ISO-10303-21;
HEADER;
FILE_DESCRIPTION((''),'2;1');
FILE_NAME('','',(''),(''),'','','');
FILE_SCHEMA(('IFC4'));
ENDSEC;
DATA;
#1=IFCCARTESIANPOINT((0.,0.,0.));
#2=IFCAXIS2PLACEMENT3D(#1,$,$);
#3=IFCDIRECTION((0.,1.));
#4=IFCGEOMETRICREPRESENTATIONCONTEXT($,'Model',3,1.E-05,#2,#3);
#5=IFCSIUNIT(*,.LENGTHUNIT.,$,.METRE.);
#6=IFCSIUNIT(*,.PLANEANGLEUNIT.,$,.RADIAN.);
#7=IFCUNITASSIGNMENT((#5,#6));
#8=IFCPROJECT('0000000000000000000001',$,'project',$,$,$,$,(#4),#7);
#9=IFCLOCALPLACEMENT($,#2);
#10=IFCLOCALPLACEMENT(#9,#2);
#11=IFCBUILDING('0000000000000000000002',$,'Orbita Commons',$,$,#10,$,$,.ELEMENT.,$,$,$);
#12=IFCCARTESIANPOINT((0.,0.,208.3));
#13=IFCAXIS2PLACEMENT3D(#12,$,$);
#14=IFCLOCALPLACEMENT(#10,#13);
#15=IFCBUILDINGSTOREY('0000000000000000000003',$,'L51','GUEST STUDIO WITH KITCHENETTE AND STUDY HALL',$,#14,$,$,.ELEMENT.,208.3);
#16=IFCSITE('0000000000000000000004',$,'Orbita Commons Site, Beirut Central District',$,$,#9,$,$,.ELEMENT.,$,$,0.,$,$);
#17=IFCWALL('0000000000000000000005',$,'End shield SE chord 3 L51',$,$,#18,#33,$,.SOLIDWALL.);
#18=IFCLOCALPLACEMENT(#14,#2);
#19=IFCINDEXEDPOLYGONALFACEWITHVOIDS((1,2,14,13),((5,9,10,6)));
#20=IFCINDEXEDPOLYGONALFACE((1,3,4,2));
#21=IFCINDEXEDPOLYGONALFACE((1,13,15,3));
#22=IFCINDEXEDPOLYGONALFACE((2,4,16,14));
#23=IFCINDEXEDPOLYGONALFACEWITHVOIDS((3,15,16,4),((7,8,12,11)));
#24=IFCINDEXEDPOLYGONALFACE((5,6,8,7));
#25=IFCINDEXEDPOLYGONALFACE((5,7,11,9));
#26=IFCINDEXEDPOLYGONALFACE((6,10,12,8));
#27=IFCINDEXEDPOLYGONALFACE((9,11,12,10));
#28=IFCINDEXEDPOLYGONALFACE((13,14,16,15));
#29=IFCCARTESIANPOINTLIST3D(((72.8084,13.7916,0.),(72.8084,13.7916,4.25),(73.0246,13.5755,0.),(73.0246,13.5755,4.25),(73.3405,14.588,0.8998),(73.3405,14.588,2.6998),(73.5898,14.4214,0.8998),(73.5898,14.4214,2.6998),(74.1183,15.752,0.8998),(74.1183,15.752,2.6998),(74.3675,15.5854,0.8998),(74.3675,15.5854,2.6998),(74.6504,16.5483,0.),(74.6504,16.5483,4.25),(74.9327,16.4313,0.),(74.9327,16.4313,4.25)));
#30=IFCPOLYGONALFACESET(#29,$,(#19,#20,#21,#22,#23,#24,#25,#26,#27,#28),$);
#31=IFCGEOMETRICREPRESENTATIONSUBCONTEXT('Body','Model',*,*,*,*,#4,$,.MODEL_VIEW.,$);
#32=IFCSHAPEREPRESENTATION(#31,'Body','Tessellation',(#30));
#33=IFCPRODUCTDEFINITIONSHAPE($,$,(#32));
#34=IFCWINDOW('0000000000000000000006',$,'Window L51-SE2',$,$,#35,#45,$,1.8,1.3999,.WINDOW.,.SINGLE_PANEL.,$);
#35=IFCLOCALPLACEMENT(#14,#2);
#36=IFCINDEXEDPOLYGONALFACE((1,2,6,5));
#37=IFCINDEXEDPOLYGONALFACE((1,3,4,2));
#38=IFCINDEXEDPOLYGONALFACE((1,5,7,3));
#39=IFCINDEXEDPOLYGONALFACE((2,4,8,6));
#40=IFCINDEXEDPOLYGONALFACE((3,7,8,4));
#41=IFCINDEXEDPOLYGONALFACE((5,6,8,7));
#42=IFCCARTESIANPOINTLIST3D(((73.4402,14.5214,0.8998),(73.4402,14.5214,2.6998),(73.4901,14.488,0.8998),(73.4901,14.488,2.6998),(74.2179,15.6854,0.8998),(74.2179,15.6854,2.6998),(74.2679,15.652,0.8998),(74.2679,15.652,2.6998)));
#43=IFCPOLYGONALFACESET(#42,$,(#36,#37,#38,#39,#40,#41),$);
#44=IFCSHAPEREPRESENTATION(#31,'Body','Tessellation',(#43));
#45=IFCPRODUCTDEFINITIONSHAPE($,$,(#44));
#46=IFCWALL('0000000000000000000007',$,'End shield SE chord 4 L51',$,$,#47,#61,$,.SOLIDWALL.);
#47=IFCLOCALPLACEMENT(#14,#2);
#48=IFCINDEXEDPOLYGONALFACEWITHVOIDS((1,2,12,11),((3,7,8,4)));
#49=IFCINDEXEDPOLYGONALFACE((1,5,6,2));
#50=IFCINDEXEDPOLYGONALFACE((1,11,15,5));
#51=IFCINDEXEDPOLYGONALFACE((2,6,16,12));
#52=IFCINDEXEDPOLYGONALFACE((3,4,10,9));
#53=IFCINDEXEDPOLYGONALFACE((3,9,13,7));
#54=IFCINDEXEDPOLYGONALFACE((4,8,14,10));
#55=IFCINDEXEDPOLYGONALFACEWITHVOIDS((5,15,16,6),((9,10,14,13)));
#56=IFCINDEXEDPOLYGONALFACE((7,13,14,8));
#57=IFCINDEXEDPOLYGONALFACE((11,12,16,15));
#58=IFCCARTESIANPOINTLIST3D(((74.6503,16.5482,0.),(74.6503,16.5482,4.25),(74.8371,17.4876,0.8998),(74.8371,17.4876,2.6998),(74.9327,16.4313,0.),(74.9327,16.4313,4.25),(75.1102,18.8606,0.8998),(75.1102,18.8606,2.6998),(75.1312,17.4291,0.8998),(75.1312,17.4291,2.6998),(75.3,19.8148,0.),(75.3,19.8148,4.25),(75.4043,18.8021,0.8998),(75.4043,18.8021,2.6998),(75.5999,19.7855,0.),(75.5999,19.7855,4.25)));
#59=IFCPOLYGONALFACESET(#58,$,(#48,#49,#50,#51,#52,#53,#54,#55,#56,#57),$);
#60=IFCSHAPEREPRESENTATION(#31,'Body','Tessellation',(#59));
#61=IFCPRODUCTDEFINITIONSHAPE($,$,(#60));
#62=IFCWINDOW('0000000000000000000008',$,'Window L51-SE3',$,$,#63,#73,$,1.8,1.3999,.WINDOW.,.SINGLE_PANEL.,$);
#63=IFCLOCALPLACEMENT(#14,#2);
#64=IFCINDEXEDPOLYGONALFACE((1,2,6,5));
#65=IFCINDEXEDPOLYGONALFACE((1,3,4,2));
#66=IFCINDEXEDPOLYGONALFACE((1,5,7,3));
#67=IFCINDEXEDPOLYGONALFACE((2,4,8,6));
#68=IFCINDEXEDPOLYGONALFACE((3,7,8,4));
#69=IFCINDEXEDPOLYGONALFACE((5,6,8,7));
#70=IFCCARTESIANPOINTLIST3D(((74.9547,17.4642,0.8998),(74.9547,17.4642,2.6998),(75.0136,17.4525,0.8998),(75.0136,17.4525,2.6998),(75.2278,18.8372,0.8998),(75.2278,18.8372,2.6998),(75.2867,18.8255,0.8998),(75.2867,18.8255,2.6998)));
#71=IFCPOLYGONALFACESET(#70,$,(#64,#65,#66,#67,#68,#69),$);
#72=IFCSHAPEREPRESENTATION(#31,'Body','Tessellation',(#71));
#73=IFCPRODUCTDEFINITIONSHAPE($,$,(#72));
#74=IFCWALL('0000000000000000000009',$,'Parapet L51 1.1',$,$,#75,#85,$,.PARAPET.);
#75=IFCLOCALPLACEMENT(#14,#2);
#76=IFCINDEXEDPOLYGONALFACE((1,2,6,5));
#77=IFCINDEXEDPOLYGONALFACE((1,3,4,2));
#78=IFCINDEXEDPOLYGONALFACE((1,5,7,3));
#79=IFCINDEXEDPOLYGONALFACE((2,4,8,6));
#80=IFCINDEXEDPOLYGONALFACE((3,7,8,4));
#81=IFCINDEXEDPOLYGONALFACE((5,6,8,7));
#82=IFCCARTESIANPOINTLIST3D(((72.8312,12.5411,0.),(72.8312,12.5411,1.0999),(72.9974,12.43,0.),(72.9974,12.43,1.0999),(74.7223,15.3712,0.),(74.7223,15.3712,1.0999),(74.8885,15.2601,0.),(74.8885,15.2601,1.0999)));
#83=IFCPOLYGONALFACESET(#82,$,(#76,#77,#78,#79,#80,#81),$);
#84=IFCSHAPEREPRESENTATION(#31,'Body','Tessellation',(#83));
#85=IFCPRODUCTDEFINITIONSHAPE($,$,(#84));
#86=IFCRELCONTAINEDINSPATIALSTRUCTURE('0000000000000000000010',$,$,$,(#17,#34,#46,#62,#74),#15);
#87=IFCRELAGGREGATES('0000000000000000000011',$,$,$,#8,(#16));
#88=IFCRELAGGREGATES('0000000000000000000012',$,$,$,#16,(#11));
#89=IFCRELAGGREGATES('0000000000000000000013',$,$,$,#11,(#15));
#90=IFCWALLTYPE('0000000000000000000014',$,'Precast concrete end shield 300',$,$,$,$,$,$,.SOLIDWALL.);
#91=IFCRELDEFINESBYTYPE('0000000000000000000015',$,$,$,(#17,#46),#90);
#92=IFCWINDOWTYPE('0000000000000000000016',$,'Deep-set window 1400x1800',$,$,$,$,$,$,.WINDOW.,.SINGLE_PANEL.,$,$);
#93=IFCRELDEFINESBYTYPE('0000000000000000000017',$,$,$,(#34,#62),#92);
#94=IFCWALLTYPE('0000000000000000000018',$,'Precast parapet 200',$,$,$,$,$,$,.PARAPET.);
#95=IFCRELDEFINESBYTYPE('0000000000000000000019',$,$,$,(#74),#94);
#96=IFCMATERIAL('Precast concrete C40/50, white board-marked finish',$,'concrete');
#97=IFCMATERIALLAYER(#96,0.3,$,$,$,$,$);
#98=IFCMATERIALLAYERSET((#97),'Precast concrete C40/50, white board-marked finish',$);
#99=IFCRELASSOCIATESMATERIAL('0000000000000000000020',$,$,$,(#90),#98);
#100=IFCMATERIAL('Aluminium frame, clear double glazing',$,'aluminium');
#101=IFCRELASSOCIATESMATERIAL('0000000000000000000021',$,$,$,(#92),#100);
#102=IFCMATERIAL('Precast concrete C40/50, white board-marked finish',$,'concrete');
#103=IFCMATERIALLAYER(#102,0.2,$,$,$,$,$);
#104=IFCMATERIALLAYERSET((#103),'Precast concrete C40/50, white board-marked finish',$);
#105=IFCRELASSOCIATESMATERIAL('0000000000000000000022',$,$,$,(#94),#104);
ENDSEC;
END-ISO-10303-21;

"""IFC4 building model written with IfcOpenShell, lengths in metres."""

from ifc_helpers import new_model, si_unit, direction, frame, frame_2d, origin, place, context, subcontext, project, spatial, polyline, rectangle, outline, extrude, material, layer, layer_set, type_object, element, fill, save


model = new_model("IFC4")

# Units and contexts
model_context = context("Model", 3, precision=1e-05, world=origin(), true_north=direction((0.0, 1.0)))
body_context = subcontext(model_context, "Body", "Model", "MODEL_VIEW")
ifc_project = project(units=[si_unit("LENGTHUNIT", "METRE"), si_unit("PLANEANGLEUNIT", "RADIAN")], contexts=[model_context])

# Site, building, storey
site_placement = place(None, origin())
site = spatial("IfcSite", under=ifc_project, at=site_placement, Name="Orbita Commons Site, Beirut Central District", CompositionType="ELEMENT", RefElevation=0.0)
building_placement = place(site_placement, origin())
building = spatial("IfcBuilding", under=site, at=building_placement, Name="Orbita Commons", CompositionType="ELEMENT")
storey_placement = place(building_placement, frame((0.0, 0.0, 208.3)))
storey = spatial("IfcBuildingStorey", under=building, at=storey_placement, Name="L51", Description="GUEST STUDIO WITH KITCHENETTE AND STUDY HALL", CompositionType="ELEMENT", Elevation=208.3)

# Shared definitions
ifc_material_1 = material(Name="Precast concrete C40/50, white board-marked finish", Category="concrete")
ifc_layer_1 = layer(ifc_material_1, 0.3)
ifc_layer_set_1 = layer_set([ifc_layer_1], Name="Precast concrete C40/50, white board-marked finish")
wall_type_1 = type_object("IfcWallType", Name="Precast concrete end shield 300", PredefinedType="SOLIDWALL", material=ifc_layer_set_1)

# Walls, openings, windows
wall_1_placement = place(storey_placement, frame((72.9165, 13.6836, 0.0), z_axis=(0.0, 0.0, 1.0), x_axis=(0.555568, 0.831471, 0.0)))
wall_1 = element("IfcWall", 1, at=wall_1_placement, inside=storey, type_object=wall_type_1, Name="End shield SE chord 3 L51", PredefinedType="SOLIDWALL", context=body_context, shape_type="SweptSolid", body=[
    extrude(outline(polyline([(-0.0298, -0.1499), (3.4048, -0.1499), (3.3452, 0.1499), (0.0298, 0.1499), (-0.0298, -0.1499)])), origin(), (0.0, 0.0, 1.0), 4.25),
])
opening_1_placement = place(wall_1_placement, frame((0.9875, 0.0, 0.8999)))
opening_1 = element("IfcOpeningElement", 2, at=opening_1_placement, cuts=wall_1, PredefinedType="OPENING", context=body_context, shape_type="SweptSolid", body=[
    extrude(rectangle(XDim=1.3999, YDim=1.8, at=frame_2d((0.7, 0.8999))), frame((0.0, 0.1599, 0.0), z_axis=(0.0, -1.0, 0.0), x_axis=(1.0, 0.0, 0.0)), (0.0, 0.0, 1.0), 0.3201),
])
ifc_material_2 = material(Name="Aluminium frame, clear double glazing", Category="aluminium")
window_type_1 = type_object("IfcWindowType", Name="Deep-set window 1400x1800", PartitioningType="SINGLE_PANEL", PredefinedType="WINDOW", material=ifc_material_2)
window_1_placement = place(opening_1_placement, origin())
window_1 = element("IfcWindow", 3, at=window_1_placement, inside=storey, type_object=window_type_1, Name="Window L51-SE2", OverallHeight=1.8, OverallWidth=1.3999, PartitioningType="SINGLE_PANEL", PredefinedType="WINDOW", context=body_context, shape_type="SweptSolid", body=[
    extrude(rectangle(XDim=1.3999, YDim=1.8, at=frame_2d((0.7, 0.8999))), frame((0.0, 0.03, 0.0), z_axis=(0.0, -1.0, 0.0), x_axis=(1.0, 0.0, 0.0)), (0.0, 0.0, 1.0), 0.0601),
])
fill(opening_1, window_1)
wall_2_placement = place(storey_placement, frame((74.7915, 16.4897, 0.0), z_axis=(0.0, 0.0, 1.0), x_axis=(0.195087, 0.980786, 0.0)))
wall_2 = element("IfcWall", 4, at=wall_2_placement, inside=storey, type_object=wall_type_1, Name="End shield SE chord 4 L51", PredefinedType="SOLIDWALL", context=body_context, shape_type="SweptSolid", body=[
    extrude(outline(polyline([(-0.0298, -0.1499), (3.3901, -0.1499), (3.3604, 0.1499), (0.0298, 0.1499), (-0.0298, -0.1499)])), origin(), (0.0, 0.0, 1.0), 4.25),
])
opening_2_placement = place(wall_2_placement, frame((0.9875, 0.0, 0.8999)))
opening_2 = element("IfcOpeningElement", 5, at=opening_2_placement, cuts=wall_2, PredefinedType="OPENING", context=body_context, shape_type="SweptSolid", body=[
    extrude(rectangle(XDim=1.3999, YDim=1.8, at=frame_2d((0.7, 0.8999))), frame((0.0, 0.1599, 0.0), z_axis=(0.0, -1.0, 0.0), x_axis=(1.0, 0.0, 0.0)), (0.0, 0.0, 1.0), 0.3201),
])
window_2_placement = place(opening_2_placement, origin())
window_2 = element("IfcWindow", 6, at=window_2_placement, inside=storey, type_object=window_type_1, Name="Window L51-SE3", OverallHeight=1.8, OverallWidth=1.3999, PartitioningType="SINGLE_PANEL", PredefinedType="WINDOW", context=body_context, shape_type="SweptSolid", body=[
    extrude(rectangle(XDim=1.3999, YDim=1.8, at=frame_2d((0.7, 0.8999))), frame((0.0, 0.03, 0.0), z_axis=(0.0, -1.0, 0.0), x_axis=(1.0, 0.0, 0.0)), (0.0, 0.0, 1.0), 0.0601),
])
fill(opening_2, window_2)

# Wall
ifc_material_3 = material(Name="Precast concrete C40/50, white board-marked finish", Category="concrete")
ifc_layer_2 = layer(ifc_material_3, 0.2)
ifc_layer_set_2 = layer_set([ifc_layer_2], Name="Precast concrete C40/50, white board-marked finish")
wall_type_2 = type_object("IfcWallType", Name="Precast parapet 200", PredefinedType="PARAPET", material=ifc_layer_set_2)
wall_3_placement = place(storey_placement, frame((74.8054, 15.3157, 0.0), z_axis=(0.0, 0.0, 1.0), x_axis=(-0.555594, -0.831454, 0.0)))
element("IfcWall", 7, at=wall_3_placement, inside=storey, type_object=wall_type_2, Name="Parapet L51 1.1", PredefinedType="PARAPET", context=body_context, shape_type="SweptSolid", body=[
    extrude(rectangle(XDim=3.4038, YDim=0.2, at=frame_2d((1.7019, 0.0))), origin(), (0.0, 0.0, 1.0), 1.0999),
])

save(model, "model.ifc")
